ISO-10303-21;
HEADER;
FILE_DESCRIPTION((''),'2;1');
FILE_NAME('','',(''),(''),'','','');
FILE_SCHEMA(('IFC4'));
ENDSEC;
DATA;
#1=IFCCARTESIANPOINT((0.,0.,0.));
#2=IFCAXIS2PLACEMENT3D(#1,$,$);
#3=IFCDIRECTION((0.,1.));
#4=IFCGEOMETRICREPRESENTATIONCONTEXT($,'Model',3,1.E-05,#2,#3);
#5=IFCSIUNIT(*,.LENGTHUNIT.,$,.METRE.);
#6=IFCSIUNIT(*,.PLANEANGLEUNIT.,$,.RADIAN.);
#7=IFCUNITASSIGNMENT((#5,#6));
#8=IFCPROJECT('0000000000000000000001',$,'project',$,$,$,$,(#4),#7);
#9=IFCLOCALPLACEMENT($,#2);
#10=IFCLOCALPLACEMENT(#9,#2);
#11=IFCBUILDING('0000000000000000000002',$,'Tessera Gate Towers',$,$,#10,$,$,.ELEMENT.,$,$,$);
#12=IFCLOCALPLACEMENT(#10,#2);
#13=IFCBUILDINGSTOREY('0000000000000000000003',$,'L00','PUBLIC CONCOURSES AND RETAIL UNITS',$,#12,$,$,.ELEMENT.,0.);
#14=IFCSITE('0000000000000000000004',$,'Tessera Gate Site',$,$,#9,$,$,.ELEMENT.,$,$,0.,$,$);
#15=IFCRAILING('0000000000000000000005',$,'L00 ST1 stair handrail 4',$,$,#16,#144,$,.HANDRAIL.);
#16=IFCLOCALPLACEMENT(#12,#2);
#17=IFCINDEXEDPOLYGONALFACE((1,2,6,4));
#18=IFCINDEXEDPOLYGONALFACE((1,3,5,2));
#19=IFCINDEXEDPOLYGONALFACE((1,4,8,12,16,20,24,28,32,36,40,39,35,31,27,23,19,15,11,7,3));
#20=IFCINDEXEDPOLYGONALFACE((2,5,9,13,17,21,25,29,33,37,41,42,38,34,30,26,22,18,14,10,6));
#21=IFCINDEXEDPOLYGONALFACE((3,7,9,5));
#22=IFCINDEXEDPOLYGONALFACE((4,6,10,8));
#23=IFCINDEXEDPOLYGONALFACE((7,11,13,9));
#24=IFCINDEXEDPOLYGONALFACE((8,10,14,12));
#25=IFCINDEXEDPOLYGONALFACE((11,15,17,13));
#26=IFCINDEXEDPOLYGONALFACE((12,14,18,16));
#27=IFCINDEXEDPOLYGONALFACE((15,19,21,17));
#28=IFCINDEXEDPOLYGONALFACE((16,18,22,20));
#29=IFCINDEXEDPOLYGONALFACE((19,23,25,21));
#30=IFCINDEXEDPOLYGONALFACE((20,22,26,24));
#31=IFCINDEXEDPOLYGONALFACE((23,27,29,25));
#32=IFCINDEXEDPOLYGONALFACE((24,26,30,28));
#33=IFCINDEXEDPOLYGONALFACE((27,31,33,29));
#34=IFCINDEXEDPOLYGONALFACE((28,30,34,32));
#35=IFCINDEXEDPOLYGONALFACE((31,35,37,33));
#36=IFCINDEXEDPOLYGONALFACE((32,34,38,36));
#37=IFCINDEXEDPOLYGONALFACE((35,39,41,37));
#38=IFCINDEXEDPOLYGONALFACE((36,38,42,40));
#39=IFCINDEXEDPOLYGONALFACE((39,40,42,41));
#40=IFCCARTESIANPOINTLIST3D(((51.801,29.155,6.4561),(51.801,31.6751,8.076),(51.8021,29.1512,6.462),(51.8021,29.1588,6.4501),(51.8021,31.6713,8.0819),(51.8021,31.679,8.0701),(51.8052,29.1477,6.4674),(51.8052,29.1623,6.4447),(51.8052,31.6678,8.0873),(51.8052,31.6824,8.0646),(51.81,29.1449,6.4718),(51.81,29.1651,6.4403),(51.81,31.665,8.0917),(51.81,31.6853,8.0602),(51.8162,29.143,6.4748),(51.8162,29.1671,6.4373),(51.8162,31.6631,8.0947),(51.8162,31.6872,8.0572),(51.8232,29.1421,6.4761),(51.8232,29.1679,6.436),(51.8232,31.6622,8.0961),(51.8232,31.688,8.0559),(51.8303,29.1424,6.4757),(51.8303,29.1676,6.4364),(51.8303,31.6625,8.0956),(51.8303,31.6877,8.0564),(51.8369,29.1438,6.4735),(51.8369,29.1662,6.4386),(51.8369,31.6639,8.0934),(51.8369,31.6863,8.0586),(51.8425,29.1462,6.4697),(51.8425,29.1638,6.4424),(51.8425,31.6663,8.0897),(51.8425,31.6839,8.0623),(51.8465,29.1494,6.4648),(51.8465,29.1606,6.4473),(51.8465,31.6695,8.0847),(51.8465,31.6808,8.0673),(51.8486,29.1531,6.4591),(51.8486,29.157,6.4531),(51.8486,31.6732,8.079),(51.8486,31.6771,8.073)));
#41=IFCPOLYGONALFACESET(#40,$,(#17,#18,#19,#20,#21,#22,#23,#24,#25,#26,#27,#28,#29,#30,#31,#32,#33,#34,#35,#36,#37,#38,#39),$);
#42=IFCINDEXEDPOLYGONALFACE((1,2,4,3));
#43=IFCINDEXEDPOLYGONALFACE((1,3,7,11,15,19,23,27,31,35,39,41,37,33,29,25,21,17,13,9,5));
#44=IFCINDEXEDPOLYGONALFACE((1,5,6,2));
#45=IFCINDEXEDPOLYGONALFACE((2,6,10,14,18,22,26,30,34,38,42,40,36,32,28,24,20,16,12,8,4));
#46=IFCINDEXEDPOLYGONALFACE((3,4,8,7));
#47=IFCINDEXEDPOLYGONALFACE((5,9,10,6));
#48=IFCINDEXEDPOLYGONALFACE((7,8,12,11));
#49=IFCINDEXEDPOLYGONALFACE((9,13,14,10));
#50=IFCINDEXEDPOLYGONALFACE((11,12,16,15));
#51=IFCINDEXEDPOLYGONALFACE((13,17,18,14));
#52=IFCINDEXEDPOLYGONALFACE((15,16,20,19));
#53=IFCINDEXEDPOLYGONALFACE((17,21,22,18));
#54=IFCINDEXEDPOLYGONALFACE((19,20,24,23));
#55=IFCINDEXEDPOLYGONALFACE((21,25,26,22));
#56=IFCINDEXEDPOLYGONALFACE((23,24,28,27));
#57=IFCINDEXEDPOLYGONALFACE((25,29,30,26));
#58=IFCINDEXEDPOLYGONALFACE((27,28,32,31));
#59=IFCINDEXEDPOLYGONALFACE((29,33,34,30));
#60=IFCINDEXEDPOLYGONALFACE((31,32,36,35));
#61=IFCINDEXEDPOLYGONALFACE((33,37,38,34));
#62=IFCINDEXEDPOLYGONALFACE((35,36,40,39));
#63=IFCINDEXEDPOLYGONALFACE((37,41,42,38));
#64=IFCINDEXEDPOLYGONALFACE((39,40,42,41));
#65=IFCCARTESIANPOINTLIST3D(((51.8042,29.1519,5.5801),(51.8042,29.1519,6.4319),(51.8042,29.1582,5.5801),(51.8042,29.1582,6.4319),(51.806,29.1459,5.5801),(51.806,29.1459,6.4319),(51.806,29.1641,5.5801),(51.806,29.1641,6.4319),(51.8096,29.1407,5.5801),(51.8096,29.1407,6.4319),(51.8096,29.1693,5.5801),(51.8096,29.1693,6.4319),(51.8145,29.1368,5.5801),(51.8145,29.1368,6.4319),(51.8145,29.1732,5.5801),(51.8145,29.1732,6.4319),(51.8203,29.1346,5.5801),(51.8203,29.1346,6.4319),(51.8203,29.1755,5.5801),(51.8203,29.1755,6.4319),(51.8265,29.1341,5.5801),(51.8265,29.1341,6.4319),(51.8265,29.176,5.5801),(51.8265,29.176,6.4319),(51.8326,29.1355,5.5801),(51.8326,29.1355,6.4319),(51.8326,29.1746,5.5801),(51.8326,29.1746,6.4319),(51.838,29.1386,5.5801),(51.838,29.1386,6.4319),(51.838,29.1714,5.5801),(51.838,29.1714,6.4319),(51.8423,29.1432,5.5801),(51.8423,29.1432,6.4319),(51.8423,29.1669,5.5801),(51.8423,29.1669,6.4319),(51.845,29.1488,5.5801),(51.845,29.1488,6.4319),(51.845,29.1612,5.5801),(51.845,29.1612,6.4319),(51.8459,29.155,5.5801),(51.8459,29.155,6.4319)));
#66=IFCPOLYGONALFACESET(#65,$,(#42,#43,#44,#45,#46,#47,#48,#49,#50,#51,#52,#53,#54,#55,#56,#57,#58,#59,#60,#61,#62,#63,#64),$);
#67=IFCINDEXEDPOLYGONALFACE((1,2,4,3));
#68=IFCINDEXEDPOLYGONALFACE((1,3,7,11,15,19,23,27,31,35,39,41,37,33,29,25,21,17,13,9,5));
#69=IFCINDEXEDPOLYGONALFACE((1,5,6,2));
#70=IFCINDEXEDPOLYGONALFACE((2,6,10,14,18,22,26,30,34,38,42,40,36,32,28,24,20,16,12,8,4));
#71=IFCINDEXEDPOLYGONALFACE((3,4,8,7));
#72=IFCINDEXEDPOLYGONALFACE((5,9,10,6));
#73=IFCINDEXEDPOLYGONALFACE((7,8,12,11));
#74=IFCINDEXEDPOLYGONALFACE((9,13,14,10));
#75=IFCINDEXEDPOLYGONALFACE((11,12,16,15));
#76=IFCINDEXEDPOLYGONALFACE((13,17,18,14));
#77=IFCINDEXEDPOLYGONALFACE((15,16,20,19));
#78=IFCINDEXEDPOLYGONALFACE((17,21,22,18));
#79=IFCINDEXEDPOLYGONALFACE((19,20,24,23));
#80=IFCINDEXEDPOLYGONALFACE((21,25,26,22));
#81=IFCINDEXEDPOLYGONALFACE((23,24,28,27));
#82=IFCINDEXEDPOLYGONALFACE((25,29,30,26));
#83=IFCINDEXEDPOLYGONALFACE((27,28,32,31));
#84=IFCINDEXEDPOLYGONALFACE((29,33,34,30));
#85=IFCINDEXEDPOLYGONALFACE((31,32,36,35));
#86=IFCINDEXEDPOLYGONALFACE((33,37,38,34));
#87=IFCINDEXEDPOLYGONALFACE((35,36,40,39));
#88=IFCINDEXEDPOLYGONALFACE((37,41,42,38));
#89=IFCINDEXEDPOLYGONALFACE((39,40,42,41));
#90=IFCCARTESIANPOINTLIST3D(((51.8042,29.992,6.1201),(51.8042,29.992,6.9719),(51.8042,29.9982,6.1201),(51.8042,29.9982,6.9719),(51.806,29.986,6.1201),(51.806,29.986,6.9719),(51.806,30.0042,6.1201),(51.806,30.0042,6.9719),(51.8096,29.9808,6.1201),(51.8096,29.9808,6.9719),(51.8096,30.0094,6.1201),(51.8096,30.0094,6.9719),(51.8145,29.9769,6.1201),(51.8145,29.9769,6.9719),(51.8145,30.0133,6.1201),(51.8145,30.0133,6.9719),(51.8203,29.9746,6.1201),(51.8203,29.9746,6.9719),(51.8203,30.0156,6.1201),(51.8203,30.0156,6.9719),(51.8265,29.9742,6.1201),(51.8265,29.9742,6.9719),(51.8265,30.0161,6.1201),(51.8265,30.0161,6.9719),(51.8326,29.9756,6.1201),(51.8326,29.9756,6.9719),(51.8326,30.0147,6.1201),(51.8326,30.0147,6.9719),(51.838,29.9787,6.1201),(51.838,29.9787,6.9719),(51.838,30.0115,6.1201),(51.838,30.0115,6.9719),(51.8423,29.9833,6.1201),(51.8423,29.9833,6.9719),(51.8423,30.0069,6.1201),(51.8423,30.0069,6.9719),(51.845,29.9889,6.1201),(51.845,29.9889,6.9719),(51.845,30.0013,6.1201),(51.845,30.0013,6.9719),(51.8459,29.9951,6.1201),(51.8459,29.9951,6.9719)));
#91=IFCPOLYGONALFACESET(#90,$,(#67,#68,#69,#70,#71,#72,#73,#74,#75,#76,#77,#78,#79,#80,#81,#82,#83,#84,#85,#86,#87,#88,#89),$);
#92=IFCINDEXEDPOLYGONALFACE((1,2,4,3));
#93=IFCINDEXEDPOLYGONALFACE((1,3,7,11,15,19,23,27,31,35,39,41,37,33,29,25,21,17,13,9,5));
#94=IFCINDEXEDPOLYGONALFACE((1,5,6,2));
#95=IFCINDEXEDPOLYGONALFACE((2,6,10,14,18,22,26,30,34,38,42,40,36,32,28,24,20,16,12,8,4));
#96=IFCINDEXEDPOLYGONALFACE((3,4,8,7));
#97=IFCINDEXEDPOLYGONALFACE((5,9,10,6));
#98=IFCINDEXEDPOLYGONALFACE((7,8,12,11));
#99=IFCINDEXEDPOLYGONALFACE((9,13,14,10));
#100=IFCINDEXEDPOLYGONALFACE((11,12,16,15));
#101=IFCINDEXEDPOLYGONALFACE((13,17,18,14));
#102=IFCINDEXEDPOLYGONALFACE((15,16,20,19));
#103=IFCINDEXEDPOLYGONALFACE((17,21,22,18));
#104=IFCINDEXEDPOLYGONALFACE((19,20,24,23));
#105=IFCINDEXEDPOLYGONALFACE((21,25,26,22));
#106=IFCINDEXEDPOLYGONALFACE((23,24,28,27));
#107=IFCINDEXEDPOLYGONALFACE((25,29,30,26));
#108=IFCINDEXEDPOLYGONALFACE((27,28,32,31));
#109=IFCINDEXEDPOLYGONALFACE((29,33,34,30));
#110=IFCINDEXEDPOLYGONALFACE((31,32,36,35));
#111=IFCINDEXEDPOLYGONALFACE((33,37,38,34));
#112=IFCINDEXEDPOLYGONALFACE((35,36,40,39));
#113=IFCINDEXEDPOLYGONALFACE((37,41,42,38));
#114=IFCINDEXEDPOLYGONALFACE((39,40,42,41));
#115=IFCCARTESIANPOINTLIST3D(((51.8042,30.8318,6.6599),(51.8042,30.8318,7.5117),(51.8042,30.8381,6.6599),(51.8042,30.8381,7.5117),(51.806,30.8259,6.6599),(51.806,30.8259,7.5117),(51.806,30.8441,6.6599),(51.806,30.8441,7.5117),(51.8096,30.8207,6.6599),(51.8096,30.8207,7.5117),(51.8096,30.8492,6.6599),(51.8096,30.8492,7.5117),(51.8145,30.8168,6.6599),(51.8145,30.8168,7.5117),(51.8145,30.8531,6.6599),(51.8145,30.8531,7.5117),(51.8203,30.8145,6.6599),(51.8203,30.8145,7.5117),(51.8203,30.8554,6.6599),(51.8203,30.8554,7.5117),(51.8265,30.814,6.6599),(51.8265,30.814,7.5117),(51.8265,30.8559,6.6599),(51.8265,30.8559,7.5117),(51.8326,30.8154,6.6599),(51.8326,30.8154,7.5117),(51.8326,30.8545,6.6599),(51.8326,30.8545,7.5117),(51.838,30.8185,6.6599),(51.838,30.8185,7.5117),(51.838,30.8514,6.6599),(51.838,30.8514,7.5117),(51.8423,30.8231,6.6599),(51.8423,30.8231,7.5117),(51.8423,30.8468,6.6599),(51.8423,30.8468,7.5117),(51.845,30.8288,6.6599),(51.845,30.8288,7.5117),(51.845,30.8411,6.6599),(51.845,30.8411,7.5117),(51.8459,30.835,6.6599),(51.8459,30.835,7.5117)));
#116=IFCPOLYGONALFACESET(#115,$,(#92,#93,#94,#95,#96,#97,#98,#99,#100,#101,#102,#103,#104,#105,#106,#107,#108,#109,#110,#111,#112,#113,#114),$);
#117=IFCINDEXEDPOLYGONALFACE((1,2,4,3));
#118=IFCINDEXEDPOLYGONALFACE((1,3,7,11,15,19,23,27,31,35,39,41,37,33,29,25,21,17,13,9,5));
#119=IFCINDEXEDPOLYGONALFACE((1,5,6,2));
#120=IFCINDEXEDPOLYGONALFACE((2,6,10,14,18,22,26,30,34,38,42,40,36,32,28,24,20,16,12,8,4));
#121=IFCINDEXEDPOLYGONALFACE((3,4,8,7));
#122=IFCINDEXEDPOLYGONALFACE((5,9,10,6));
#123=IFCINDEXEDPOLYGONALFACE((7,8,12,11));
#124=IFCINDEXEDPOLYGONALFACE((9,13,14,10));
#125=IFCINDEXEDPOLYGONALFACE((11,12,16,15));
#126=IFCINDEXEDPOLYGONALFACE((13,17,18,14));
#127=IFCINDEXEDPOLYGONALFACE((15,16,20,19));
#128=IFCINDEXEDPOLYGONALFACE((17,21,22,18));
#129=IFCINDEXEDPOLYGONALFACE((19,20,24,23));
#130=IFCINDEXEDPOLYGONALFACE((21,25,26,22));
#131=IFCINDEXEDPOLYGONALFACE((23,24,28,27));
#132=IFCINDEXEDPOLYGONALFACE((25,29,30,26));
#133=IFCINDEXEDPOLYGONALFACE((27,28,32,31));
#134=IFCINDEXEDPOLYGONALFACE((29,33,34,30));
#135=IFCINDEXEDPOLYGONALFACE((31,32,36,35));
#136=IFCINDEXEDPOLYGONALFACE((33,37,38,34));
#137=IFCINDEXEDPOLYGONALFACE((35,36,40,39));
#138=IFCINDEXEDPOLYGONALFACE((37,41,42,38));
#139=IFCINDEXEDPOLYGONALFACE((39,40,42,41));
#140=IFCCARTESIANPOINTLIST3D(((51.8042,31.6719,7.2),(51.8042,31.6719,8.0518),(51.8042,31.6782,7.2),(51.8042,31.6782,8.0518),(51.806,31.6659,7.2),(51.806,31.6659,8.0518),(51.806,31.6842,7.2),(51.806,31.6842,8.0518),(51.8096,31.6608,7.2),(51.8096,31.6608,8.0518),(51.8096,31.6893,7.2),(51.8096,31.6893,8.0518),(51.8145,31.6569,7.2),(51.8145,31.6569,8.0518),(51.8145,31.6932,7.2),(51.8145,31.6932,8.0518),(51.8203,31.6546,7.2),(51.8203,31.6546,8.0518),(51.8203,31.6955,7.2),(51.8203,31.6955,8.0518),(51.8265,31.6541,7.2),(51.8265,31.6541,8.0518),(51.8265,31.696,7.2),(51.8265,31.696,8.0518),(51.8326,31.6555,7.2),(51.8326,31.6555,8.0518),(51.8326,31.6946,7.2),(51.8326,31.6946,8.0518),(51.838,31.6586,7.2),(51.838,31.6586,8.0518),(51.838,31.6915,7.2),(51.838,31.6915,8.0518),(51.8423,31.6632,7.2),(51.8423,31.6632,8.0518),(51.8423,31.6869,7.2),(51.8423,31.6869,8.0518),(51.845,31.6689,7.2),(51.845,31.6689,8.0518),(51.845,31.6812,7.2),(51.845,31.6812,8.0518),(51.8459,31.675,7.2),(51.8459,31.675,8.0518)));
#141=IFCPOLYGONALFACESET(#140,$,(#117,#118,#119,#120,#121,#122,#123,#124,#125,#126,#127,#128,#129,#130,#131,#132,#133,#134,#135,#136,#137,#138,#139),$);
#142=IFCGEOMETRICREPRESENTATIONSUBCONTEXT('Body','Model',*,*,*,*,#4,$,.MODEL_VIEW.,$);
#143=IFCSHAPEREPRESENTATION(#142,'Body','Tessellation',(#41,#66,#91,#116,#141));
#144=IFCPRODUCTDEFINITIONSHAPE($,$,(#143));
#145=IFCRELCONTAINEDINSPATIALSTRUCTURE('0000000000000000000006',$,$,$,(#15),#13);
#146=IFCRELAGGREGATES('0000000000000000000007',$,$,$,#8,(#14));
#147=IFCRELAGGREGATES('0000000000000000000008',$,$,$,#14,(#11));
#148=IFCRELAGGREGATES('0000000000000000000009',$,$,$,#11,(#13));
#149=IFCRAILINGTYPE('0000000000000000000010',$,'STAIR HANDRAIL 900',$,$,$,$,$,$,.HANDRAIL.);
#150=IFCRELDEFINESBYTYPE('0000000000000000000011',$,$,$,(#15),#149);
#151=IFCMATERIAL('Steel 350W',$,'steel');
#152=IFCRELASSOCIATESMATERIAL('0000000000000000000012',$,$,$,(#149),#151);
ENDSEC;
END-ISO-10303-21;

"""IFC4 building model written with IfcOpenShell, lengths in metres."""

from ifc_helpers import new_model, si_unit, direction, frame, origin, origin_2d, place, context, subcontext, project, spatial, circle, extrude, material, type_object, element, save


model = new_model("IFC4")

# Units and contexts
model_context = context("Model", 3, precision=1e-05, world=origin(), true_north=direction((0.0, 1.0)))
body_context = subcontext(model_context, "Body", "Model", "MODEL_VIEW")
ifc_project = project(units=[si_unit("LENGTHUNIT", "METRE"), si_unit("PLANEANGLEUNIT", "RADIAN")], contexts=[model_context])

# Site, building, storey
site_placement = place(None, origin())
site = spatial("IfcSite", under=ifc_project, at=site_placement, Name="Tessera Gate Site", CompositionType="ELEMENT", RefElevation=0.0)
building_placement = place(site_placement, origin())
building = spatial("IfcBuilding", under=site, at=building_placement, Name="Tessera Gate Towers", CompositionType="ELEMENT")
storey_placement = place(building_placement, origin())
storey = spatial("IfcBuildingStorey", under=building, at=storey_placement, Name="L00", Description="PUBLIC CONCOURSES AND RETAIL UNITS", CompositionType="ELEMENT", Elevation=0.0)

# Railing
ifc_material_1 = material(Name="Steel 350W", Category="steel")
railing_type_1 = type_object("IfcRailingType", Name="STAIR HANDRAIL 900", PredefinedType="HANDRAIL", material=ifc_material_1)
railing_1_placement = place(storey_placement, frame((51.825, 29.155, 5.5801)))
element("IfcRailing", 1, at=railing_1_placement, inside=storey, type_object=railing_type_1, Name="L00 ST1 stair handrail 4", PredefinedType="HANDRAIL", context=body_context, shape_type="SweptSolid", body=[
    extrude(circle(Radius=0.0239, at=origin_2d()), frame((0.0, 0.0, 0.876), z_axis=(0.0, 0.8412, 0.540725), x_axis=(-1.0, 0.0, 0.0)), (0.0, 0.0, 1.0), 2.9958),
    extrude(circle(Radius=0.021, at=origin_2d()), origin(), (0.0, 0.0, 1.0), 0.8518),
    extrude(circle(Radius=0.021, at=origin_2d()), frame((0.0, 0.8401, 0.54)), (0.0, 0.0, 1.0), 0.8518),
    extrude(circle(Radius=0.021, at=origin_2d()), frame((0.0, 1.6799, 1.0798)), (0.0, 0.0, 1.0), 0.8518),
    extrude(circle(Radius=0.021, at=origin_2d()), frame((0.0, 2.52, 1.6199)), (0.0, 0.0, 1.0), 0.8518),
])

save(model, "model.ifc")
